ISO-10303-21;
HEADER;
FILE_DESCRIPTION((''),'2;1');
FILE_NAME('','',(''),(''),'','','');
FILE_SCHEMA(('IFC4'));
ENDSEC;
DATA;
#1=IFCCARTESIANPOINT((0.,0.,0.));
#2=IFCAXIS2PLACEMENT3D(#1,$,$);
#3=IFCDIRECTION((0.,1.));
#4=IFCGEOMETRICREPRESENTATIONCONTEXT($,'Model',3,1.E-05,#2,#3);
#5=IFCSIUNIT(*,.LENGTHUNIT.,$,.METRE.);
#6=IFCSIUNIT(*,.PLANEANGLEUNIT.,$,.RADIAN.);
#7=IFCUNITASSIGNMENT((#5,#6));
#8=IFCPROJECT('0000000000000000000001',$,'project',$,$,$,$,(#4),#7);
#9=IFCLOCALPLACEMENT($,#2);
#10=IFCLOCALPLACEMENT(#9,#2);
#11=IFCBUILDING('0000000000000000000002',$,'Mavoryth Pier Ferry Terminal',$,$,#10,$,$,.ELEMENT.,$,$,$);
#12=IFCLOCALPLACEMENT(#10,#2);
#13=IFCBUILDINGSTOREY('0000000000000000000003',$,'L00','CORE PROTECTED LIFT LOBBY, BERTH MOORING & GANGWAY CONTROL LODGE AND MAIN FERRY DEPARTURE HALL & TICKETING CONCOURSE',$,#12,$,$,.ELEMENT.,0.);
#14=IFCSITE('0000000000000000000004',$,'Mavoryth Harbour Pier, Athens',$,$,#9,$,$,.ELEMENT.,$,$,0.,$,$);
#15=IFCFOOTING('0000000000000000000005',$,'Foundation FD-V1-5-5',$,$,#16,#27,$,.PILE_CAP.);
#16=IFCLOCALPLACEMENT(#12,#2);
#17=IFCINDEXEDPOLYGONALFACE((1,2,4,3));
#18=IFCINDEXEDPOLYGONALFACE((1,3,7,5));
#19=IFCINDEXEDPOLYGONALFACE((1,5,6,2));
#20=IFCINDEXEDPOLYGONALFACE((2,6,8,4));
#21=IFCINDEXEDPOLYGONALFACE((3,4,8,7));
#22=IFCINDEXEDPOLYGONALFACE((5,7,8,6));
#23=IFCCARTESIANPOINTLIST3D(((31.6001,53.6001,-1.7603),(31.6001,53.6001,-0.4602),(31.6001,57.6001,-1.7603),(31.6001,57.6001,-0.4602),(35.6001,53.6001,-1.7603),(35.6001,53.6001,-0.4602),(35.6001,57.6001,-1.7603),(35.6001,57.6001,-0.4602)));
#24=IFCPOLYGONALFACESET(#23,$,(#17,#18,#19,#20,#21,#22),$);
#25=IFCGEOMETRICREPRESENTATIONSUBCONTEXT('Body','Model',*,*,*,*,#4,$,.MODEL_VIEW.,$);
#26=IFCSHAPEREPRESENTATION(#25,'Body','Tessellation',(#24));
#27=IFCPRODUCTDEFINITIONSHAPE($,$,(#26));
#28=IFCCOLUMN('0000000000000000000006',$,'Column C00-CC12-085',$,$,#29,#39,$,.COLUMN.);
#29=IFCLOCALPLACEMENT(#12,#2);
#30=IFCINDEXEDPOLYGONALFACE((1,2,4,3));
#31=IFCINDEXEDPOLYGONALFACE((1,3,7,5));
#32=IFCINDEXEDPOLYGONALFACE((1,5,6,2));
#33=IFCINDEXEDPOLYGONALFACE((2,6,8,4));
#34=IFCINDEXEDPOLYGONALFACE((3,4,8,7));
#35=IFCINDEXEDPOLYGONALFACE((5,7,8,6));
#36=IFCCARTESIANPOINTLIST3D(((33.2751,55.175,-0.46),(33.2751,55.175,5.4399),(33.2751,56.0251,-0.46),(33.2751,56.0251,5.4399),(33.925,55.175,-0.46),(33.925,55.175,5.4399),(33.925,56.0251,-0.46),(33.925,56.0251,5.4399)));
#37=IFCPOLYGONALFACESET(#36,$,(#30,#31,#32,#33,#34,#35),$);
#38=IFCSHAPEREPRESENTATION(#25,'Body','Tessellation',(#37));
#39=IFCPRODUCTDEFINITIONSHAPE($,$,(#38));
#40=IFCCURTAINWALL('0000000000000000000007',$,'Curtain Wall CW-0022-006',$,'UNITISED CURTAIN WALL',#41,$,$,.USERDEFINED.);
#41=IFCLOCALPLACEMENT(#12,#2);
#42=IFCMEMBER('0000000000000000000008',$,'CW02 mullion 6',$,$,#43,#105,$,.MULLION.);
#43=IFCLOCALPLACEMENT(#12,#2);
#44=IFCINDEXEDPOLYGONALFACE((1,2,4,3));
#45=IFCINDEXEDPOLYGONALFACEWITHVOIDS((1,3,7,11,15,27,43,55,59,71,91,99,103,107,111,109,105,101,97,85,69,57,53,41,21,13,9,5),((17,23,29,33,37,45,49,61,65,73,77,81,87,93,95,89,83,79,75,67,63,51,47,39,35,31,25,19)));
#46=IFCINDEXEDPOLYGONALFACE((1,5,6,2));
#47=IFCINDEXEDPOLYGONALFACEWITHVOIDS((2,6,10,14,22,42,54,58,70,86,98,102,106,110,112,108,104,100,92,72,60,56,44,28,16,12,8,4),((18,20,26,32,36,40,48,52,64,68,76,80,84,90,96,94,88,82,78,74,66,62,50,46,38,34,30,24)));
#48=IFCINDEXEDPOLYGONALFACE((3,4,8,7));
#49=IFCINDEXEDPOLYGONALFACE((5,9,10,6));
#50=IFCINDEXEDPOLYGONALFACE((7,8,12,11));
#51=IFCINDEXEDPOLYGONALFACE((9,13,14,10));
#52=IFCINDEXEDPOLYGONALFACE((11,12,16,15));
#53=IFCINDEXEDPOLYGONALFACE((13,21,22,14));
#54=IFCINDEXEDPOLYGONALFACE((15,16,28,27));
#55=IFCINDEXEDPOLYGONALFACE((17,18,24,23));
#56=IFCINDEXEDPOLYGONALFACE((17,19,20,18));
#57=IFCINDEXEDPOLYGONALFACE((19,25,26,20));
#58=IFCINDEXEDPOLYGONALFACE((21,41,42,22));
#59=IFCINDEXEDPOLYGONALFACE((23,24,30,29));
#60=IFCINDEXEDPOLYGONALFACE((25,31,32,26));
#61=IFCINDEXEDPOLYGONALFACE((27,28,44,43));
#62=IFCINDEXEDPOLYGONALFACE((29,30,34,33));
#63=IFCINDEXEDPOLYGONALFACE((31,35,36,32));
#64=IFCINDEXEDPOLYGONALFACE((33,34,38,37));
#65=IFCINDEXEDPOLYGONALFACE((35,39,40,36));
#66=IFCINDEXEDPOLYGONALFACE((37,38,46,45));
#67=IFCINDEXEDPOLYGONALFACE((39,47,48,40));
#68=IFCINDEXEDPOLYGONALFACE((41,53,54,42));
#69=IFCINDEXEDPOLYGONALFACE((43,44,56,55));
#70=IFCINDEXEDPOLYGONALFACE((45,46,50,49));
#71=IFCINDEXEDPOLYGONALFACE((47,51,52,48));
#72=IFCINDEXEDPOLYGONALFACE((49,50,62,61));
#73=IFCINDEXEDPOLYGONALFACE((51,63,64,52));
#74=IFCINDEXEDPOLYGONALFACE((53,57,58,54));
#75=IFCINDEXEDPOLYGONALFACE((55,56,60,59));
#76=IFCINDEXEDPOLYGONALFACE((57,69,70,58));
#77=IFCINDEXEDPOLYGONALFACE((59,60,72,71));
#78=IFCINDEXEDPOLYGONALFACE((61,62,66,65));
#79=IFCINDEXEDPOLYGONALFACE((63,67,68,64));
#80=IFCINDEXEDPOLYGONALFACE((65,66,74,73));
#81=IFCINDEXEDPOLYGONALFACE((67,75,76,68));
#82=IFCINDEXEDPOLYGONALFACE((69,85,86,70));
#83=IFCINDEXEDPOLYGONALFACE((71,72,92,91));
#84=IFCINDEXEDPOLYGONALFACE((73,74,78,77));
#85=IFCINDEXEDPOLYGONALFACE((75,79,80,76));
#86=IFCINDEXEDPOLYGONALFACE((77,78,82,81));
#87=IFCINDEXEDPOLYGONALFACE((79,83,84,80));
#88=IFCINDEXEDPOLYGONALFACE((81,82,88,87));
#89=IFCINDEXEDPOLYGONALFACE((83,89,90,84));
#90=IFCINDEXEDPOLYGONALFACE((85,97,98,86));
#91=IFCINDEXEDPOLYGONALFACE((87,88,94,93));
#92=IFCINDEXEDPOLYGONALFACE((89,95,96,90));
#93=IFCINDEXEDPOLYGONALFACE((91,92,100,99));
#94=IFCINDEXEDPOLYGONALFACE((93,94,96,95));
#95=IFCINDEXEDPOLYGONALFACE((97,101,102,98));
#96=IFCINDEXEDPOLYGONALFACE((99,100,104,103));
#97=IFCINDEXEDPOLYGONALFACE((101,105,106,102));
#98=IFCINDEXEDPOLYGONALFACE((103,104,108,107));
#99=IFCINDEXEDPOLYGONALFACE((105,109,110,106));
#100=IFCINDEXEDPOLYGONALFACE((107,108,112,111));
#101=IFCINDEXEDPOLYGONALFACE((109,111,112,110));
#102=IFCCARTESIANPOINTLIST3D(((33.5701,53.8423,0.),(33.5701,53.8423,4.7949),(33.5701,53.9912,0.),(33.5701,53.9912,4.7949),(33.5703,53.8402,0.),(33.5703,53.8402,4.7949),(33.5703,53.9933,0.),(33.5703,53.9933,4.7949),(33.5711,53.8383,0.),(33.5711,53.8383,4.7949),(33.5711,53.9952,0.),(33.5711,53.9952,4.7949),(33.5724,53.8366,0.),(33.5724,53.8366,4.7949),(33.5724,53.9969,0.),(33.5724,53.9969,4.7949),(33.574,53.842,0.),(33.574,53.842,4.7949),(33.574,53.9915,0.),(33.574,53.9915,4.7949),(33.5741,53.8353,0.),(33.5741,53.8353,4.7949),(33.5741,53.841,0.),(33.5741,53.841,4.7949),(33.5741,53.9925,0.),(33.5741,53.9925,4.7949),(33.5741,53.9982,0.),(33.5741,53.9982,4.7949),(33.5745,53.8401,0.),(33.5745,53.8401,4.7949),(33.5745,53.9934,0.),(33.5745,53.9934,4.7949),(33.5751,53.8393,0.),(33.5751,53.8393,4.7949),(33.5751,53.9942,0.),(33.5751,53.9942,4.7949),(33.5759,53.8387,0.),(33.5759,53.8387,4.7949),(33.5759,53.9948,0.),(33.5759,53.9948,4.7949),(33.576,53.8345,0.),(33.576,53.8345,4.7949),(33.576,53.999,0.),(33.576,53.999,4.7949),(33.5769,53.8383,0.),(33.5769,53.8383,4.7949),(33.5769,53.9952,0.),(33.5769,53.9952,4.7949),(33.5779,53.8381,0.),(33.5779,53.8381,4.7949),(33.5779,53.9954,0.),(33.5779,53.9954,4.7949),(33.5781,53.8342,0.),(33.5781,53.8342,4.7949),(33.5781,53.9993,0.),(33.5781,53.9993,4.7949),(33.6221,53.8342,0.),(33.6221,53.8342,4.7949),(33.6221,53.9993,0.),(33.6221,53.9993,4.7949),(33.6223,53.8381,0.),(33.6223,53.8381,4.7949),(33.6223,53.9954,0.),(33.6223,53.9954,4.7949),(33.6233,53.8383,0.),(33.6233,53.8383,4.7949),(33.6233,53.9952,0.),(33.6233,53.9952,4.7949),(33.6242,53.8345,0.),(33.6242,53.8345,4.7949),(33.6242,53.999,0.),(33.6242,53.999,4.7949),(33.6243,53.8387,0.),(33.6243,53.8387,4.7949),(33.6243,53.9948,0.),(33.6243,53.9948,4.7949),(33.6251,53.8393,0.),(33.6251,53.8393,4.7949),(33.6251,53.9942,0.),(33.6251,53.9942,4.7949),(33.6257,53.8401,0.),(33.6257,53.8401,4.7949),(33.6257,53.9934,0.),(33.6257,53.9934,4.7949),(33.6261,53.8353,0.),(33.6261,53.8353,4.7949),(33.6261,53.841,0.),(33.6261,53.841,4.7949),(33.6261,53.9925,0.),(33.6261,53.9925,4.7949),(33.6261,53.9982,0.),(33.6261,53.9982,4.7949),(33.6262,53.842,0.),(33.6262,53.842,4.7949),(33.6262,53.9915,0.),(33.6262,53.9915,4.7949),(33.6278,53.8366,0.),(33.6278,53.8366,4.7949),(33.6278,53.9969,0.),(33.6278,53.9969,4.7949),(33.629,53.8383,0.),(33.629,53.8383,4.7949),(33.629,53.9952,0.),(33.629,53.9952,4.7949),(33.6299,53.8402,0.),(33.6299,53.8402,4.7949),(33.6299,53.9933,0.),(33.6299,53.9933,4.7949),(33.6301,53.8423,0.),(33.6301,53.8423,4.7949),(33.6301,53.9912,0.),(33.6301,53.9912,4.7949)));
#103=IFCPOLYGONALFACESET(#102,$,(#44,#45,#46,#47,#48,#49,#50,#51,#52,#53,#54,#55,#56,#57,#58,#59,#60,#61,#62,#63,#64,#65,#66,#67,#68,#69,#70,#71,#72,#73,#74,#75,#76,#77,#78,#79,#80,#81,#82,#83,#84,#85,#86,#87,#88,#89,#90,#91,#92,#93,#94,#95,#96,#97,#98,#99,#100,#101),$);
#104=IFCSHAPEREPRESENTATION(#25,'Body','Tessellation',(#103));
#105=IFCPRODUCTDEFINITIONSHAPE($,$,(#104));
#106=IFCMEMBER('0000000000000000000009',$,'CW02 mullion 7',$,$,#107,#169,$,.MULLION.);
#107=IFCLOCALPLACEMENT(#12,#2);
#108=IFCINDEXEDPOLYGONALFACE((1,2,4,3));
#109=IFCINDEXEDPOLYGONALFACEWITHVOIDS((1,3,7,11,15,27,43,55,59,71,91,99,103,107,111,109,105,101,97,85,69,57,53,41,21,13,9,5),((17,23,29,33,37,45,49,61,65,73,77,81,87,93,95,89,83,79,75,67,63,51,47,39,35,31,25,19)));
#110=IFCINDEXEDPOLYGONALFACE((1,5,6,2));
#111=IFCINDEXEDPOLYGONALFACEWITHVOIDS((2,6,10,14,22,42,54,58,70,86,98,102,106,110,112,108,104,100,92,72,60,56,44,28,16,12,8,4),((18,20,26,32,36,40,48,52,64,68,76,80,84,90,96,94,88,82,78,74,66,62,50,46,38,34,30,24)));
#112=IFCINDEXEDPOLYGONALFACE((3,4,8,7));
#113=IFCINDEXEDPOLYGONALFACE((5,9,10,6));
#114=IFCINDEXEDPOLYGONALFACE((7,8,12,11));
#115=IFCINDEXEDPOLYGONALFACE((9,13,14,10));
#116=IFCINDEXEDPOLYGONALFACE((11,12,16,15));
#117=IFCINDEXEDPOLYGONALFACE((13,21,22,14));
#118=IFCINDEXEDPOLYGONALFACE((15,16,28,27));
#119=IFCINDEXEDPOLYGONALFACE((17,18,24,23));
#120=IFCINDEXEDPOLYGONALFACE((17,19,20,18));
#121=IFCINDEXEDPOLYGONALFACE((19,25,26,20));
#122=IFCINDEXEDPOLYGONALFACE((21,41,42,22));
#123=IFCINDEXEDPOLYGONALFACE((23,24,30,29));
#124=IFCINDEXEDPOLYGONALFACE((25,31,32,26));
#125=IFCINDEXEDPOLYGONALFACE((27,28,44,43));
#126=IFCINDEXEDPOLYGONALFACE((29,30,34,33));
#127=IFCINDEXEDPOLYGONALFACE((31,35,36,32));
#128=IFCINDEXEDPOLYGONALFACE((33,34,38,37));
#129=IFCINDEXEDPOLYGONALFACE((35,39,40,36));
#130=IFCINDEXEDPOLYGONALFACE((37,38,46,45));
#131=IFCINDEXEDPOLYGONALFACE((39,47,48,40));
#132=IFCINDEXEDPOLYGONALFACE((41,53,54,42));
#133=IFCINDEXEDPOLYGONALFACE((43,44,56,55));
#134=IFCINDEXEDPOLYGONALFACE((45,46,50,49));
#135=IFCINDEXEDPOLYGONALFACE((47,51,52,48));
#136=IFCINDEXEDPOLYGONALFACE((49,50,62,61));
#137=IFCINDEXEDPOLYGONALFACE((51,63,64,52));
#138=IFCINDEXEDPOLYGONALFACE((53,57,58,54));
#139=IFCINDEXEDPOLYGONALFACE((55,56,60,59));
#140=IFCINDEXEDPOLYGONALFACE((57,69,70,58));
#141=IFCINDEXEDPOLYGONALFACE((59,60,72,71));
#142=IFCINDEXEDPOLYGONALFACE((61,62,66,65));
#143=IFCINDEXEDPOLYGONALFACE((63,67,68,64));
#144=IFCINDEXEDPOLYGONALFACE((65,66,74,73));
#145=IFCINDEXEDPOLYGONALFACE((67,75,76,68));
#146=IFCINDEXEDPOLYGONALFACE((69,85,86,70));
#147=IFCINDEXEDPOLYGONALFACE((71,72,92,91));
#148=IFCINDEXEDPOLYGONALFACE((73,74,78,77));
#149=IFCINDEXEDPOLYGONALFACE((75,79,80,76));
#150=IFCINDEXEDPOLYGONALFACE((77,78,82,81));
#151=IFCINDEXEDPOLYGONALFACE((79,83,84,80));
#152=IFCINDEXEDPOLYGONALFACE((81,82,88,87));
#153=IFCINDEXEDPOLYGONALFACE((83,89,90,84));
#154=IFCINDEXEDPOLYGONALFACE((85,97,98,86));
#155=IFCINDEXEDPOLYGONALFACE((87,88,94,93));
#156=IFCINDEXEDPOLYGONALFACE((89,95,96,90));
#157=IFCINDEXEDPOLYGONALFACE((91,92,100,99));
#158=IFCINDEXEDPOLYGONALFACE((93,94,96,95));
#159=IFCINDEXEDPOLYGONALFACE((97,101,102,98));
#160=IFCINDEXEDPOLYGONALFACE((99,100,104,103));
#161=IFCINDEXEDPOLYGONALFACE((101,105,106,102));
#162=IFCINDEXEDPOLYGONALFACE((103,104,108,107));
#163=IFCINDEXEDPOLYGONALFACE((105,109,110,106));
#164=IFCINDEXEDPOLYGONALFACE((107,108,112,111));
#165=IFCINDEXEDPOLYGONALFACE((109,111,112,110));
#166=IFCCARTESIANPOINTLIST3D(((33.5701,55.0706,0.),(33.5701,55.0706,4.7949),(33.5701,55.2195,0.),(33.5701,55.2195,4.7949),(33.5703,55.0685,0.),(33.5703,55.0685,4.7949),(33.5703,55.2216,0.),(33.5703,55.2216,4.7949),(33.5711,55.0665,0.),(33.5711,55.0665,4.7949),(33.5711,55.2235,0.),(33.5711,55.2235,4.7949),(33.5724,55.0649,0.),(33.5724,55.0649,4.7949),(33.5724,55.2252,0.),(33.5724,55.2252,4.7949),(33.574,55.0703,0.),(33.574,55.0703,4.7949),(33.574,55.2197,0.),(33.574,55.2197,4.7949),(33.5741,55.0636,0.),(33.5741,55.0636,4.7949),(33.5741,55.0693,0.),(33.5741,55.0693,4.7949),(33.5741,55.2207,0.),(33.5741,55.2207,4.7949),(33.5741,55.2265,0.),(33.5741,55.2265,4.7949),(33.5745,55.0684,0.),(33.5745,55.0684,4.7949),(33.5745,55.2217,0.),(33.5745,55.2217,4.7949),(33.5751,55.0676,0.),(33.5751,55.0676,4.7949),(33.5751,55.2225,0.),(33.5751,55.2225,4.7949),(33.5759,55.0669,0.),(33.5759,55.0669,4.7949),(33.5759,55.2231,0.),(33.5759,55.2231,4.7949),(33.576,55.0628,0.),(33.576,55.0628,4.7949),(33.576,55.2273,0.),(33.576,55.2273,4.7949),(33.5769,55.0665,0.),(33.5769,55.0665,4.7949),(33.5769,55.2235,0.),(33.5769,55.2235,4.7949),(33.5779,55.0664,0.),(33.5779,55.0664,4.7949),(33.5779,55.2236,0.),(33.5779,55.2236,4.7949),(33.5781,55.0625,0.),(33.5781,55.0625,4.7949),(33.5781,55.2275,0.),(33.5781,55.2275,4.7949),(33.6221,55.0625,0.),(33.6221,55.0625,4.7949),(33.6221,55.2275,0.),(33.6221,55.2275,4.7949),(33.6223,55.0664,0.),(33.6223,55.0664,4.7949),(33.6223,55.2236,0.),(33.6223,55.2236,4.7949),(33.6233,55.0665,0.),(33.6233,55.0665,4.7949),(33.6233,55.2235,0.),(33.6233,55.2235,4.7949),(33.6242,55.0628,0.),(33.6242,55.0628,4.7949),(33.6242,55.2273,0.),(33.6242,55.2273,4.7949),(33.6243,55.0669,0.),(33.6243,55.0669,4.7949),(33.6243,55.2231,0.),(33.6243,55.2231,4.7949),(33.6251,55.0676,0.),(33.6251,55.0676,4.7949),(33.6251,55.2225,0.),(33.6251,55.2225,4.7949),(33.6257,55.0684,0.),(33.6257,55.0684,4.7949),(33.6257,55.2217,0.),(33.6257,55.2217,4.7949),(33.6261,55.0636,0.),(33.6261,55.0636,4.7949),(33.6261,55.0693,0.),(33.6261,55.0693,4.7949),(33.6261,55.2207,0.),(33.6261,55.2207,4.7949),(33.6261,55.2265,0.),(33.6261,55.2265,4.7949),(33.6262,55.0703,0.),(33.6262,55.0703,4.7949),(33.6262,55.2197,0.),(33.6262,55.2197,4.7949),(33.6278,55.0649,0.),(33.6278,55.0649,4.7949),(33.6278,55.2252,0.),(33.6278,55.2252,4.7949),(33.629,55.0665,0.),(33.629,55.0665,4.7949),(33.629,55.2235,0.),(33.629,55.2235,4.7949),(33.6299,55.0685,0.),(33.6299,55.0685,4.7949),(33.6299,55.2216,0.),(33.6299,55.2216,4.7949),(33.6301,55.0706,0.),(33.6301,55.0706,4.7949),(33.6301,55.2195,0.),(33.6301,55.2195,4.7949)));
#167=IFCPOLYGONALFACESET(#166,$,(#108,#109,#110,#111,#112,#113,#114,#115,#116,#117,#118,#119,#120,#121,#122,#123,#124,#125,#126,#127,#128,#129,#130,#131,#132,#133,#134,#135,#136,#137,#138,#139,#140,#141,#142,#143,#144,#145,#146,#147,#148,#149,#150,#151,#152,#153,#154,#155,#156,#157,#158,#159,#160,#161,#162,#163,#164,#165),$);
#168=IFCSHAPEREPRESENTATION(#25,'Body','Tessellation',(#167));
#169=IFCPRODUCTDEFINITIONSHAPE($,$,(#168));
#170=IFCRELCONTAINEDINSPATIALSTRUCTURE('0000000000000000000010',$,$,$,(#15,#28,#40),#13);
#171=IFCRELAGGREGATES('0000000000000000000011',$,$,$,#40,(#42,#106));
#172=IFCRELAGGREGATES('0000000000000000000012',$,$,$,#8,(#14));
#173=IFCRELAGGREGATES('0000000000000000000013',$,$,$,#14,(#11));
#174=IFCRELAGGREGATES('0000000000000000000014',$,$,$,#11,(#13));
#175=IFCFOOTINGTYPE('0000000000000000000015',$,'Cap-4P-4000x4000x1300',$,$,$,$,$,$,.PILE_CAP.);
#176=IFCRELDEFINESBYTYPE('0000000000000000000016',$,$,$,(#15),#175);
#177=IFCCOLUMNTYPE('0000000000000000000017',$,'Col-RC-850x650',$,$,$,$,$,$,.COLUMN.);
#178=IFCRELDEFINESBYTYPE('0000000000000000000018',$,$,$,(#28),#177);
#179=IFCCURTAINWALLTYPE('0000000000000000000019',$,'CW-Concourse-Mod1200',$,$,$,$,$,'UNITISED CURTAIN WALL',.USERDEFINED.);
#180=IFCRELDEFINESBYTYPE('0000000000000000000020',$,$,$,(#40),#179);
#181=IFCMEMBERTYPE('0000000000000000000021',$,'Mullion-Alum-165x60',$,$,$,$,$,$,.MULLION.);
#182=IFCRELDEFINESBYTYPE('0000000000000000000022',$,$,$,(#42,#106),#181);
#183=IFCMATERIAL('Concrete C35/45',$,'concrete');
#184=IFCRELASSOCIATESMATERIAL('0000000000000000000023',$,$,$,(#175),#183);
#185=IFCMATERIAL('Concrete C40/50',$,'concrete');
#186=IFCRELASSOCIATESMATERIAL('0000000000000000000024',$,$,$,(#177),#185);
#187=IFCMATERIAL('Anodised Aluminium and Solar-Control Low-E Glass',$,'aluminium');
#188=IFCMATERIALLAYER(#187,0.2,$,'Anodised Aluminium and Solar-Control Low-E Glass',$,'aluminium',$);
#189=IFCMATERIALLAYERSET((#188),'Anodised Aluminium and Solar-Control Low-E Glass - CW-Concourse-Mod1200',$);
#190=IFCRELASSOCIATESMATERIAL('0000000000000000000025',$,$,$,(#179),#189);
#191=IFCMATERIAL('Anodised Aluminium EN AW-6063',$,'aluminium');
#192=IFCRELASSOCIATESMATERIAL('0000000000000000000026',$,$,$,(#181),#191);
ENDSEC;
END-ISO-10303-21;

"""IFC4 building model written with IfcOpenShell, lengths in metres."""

from ifc_helpers import new_model, si_unit, direction, frame, origin, origin_2d, place, context, subcontext, project, spatial, rectangle, hollow_rectangle, extrude, material, layer, layer_set, material_profile, profile_set, type_object, element, aggregate, save


model = new_model("IFC4")

# Units and contexts
model_context = context("Model", 3, precision=1e-05, world=origin(), true_north=direction((0.0, 1.0)))
body_context = subcontext(model_context, "Body", "Model", "MODEL_VIEW")
ifc_project = project(units=[si_unit("LENGTHUNIT", "METRE"), si_unit("PLANEANGLEUNIT", "RADIAN")], contexts=[model_context])

# Site, building, storey
site_placement = place(None, origin())
site = spatial("IfcSite", under=ifc_project, at=site_placement, Name="Mavoryth Harbour Pier, Athens", CompositionType="ELEMENT", RefElevation=0.0)
building_placement = place(site_placement, origin())
building = spatial("IfcBuilding", under=site, at=building_placement, Name="Mavoryth Pier Ferry Terminal", CompositionType="ELEMENT")
storey_placement = place(building_placement, origin())
storey = spatial("IfcBuildingStorey", under=building, at=storey_placement, Name="L00", Description="CORE PROTECTED LIFT LOBBY, BERTH MOORING & GANGWAY CONTROL LODGE AND MAIN FERRY DEPARTURE HALL & TICKETING CONCOURSE", CompositionType="ELEMENT", Elevation=0.0)

# Footing
ifc_material_1 = material(Name="Concrete C35/45", Category="concrete")
footing_type = type_object("IfcFootingType", Name="Cap-4P-4000x4000x1300", PredefinedType="PILE_CAP", material=ifc_material_1)
footing_placement = place(storey_placement, frame((33.6001, 55.6001, -1.7603), z_axis=(0.0, 0.0, 1.0), x_axis=(1.0, 0.0, 0.0)))
element("IfcFooting", 1, at=footing_placement, inside=storey, type_object=footing_type, Name="Foundation FD-V1-5-5", PredefinedType="PILE_CAP", context=body_context, shape_type="SweptSolid", body=[
    extrude(rectangle(XDim=4.0, YDim=4.0, at=origin_2d()), origin(), (0.0, 0.0, 1.0), 1.3),
])

# Column
ifc_material_2 = material(Name="Concrete C40/50", Category="concrete")
ifc_material_profile_1 = material_profile(ifc_material_2, rectangle(XDim=0.6499, YDim=0.8501, at=origin_2d()), Name="RC 850x650", Category="concrete")
ifc_profile_set_1 = profile_set([ifc_material_profile_1], Name="Concrete C40/50 - RC 850x650")
column_type = type_object("IfcColumnType", Name="Col-RC-850x650", PredefinedType="COLUMN", material=ifc_profile_set_1)
column_placement = place(storey_placement, frame((33.6001, 55.6001, -0.46), z_axis=(0.0, 0.0, 1.0), x_axis=(1.0, 0.0, 0.0)))
element("IfcColumn", 2, at=column_placement, inside=storey, type_object=column_type, Name="Column C00-CC12-085", PredefinedType="COLUMN", context=body_context, shape_type="SweptSolid", body=[
    extrude(rectangle(XDim=0.6499, YDim=0.8501, at=origin_2d()), origin(), (0.0, 0.0, 1.0), 5.8999),
])

# Curtain wall, members
ifc_material_3 = material(Name="Anodised Aluminium and Solar-Control Low-E Glass", Category="aluminium")
ifc_layer_1 = layer(ifc_material_3, 0.2, Name="Anodised Aluminium and Solar-Control Low-E Glass", Category="aluminium")
ifc_layer_set_1 = layer_set([ifc_layer_1], Name="Anodised Aluminium and Solar-Control Low-E Glass - CW-Concourse-Mod1200")
curtain_wall_type = type_object("IfcCurtainWallType", Name="CW-Concourse-Mod1200", ElementType="UNITISED CURTAIN WALL", PredefinedType="USERDEFINED", material=ifc_layer_set_1)
curtain_wall_1_placement = place(storey_placement, origin())
curtain_wall_1 = element("IfcCurtainWall", 3, at=curtain_wall_1_placement, inside=storey, type_object=curtain_wall_type, Name="Curtain Wall CW-0022-006", ObjectType="UNITISED CURTAIN WALL", PredefinedType="USERDEFINED")
ifc_material_4 = material(Name="Anodised Aluminium EN AW-6063", Category="aluminium")
ifc_material_profile_2 = material_profile(ifc_material_4, hollow_rectangle(XDim=0.0601, YDim=0.165, WallThickness=0.0039, InnerFilletRadius=0.0039, OuterFilletRadius=0.0081, at=origin_2d()), Name="AL-MULL 165x60x4", Category="aluminium")
ifc_profile_set_2 = profile_set([ifc_material_profile_2], Name="Anodised Aluminium EN AW-6063 - AL-MULL 165x60x4")
member_type_1 = type_object("IfcMemberType", Name="Mullion-Alum-165x60", PredefinedType="MULLION", material=ifc_profile_set_2)
member_1_placement = place(storey_placement, frame((33.6001, 53.9167, 0.0), z_axis=(0.0, 0.0, 1.0), x_axis=(-1.0, 0.0, 0.0)))
member_1 = element("IfcMember", 4, at=member_1_placement, type_object=member_type_1, Name="CW02 mullion 6", PredefinedType="MULLION", context=body_context, shape_type="SweptSolid", body=[
    extrude(hollow_rectangle(XDim=0.0601, YDim=0.165, WallThickness=0.0039, InnerFilletRadius=0.0039, OuterFilletRadius=0.0081, at=origin_2d()), origin(), (0.0, 0.0, 1.0), 4.7949),
])
member_2_placement = place(storey_placement, frame((33.6001, 55.145, 0.0), z_axis=(0.0, 0.0, 1.0), x_axis=(-1.0, 0.0, 0.0)))
member_2 = element("IfcMember", 5, at=member_2_placement, type_object=member_type_1, Name="CW02 mullion 7", PredefinedType="MULLION", context=body_context, shape_type="SweptSolid", body=[
    extrude(hollow_rectangle(XDim=0.0601, YDim=0.165, WallThickness=0.0039, InnerFilletRadius=0.0039, OuterFilletRadius=0.0081, at=origin_2d()), origin(), (0.0, 0.0, 1.0), 4.7949),
])

aggregate(curtain_wall_1, [member_1, member_2])

save(model, "model.ifc")
